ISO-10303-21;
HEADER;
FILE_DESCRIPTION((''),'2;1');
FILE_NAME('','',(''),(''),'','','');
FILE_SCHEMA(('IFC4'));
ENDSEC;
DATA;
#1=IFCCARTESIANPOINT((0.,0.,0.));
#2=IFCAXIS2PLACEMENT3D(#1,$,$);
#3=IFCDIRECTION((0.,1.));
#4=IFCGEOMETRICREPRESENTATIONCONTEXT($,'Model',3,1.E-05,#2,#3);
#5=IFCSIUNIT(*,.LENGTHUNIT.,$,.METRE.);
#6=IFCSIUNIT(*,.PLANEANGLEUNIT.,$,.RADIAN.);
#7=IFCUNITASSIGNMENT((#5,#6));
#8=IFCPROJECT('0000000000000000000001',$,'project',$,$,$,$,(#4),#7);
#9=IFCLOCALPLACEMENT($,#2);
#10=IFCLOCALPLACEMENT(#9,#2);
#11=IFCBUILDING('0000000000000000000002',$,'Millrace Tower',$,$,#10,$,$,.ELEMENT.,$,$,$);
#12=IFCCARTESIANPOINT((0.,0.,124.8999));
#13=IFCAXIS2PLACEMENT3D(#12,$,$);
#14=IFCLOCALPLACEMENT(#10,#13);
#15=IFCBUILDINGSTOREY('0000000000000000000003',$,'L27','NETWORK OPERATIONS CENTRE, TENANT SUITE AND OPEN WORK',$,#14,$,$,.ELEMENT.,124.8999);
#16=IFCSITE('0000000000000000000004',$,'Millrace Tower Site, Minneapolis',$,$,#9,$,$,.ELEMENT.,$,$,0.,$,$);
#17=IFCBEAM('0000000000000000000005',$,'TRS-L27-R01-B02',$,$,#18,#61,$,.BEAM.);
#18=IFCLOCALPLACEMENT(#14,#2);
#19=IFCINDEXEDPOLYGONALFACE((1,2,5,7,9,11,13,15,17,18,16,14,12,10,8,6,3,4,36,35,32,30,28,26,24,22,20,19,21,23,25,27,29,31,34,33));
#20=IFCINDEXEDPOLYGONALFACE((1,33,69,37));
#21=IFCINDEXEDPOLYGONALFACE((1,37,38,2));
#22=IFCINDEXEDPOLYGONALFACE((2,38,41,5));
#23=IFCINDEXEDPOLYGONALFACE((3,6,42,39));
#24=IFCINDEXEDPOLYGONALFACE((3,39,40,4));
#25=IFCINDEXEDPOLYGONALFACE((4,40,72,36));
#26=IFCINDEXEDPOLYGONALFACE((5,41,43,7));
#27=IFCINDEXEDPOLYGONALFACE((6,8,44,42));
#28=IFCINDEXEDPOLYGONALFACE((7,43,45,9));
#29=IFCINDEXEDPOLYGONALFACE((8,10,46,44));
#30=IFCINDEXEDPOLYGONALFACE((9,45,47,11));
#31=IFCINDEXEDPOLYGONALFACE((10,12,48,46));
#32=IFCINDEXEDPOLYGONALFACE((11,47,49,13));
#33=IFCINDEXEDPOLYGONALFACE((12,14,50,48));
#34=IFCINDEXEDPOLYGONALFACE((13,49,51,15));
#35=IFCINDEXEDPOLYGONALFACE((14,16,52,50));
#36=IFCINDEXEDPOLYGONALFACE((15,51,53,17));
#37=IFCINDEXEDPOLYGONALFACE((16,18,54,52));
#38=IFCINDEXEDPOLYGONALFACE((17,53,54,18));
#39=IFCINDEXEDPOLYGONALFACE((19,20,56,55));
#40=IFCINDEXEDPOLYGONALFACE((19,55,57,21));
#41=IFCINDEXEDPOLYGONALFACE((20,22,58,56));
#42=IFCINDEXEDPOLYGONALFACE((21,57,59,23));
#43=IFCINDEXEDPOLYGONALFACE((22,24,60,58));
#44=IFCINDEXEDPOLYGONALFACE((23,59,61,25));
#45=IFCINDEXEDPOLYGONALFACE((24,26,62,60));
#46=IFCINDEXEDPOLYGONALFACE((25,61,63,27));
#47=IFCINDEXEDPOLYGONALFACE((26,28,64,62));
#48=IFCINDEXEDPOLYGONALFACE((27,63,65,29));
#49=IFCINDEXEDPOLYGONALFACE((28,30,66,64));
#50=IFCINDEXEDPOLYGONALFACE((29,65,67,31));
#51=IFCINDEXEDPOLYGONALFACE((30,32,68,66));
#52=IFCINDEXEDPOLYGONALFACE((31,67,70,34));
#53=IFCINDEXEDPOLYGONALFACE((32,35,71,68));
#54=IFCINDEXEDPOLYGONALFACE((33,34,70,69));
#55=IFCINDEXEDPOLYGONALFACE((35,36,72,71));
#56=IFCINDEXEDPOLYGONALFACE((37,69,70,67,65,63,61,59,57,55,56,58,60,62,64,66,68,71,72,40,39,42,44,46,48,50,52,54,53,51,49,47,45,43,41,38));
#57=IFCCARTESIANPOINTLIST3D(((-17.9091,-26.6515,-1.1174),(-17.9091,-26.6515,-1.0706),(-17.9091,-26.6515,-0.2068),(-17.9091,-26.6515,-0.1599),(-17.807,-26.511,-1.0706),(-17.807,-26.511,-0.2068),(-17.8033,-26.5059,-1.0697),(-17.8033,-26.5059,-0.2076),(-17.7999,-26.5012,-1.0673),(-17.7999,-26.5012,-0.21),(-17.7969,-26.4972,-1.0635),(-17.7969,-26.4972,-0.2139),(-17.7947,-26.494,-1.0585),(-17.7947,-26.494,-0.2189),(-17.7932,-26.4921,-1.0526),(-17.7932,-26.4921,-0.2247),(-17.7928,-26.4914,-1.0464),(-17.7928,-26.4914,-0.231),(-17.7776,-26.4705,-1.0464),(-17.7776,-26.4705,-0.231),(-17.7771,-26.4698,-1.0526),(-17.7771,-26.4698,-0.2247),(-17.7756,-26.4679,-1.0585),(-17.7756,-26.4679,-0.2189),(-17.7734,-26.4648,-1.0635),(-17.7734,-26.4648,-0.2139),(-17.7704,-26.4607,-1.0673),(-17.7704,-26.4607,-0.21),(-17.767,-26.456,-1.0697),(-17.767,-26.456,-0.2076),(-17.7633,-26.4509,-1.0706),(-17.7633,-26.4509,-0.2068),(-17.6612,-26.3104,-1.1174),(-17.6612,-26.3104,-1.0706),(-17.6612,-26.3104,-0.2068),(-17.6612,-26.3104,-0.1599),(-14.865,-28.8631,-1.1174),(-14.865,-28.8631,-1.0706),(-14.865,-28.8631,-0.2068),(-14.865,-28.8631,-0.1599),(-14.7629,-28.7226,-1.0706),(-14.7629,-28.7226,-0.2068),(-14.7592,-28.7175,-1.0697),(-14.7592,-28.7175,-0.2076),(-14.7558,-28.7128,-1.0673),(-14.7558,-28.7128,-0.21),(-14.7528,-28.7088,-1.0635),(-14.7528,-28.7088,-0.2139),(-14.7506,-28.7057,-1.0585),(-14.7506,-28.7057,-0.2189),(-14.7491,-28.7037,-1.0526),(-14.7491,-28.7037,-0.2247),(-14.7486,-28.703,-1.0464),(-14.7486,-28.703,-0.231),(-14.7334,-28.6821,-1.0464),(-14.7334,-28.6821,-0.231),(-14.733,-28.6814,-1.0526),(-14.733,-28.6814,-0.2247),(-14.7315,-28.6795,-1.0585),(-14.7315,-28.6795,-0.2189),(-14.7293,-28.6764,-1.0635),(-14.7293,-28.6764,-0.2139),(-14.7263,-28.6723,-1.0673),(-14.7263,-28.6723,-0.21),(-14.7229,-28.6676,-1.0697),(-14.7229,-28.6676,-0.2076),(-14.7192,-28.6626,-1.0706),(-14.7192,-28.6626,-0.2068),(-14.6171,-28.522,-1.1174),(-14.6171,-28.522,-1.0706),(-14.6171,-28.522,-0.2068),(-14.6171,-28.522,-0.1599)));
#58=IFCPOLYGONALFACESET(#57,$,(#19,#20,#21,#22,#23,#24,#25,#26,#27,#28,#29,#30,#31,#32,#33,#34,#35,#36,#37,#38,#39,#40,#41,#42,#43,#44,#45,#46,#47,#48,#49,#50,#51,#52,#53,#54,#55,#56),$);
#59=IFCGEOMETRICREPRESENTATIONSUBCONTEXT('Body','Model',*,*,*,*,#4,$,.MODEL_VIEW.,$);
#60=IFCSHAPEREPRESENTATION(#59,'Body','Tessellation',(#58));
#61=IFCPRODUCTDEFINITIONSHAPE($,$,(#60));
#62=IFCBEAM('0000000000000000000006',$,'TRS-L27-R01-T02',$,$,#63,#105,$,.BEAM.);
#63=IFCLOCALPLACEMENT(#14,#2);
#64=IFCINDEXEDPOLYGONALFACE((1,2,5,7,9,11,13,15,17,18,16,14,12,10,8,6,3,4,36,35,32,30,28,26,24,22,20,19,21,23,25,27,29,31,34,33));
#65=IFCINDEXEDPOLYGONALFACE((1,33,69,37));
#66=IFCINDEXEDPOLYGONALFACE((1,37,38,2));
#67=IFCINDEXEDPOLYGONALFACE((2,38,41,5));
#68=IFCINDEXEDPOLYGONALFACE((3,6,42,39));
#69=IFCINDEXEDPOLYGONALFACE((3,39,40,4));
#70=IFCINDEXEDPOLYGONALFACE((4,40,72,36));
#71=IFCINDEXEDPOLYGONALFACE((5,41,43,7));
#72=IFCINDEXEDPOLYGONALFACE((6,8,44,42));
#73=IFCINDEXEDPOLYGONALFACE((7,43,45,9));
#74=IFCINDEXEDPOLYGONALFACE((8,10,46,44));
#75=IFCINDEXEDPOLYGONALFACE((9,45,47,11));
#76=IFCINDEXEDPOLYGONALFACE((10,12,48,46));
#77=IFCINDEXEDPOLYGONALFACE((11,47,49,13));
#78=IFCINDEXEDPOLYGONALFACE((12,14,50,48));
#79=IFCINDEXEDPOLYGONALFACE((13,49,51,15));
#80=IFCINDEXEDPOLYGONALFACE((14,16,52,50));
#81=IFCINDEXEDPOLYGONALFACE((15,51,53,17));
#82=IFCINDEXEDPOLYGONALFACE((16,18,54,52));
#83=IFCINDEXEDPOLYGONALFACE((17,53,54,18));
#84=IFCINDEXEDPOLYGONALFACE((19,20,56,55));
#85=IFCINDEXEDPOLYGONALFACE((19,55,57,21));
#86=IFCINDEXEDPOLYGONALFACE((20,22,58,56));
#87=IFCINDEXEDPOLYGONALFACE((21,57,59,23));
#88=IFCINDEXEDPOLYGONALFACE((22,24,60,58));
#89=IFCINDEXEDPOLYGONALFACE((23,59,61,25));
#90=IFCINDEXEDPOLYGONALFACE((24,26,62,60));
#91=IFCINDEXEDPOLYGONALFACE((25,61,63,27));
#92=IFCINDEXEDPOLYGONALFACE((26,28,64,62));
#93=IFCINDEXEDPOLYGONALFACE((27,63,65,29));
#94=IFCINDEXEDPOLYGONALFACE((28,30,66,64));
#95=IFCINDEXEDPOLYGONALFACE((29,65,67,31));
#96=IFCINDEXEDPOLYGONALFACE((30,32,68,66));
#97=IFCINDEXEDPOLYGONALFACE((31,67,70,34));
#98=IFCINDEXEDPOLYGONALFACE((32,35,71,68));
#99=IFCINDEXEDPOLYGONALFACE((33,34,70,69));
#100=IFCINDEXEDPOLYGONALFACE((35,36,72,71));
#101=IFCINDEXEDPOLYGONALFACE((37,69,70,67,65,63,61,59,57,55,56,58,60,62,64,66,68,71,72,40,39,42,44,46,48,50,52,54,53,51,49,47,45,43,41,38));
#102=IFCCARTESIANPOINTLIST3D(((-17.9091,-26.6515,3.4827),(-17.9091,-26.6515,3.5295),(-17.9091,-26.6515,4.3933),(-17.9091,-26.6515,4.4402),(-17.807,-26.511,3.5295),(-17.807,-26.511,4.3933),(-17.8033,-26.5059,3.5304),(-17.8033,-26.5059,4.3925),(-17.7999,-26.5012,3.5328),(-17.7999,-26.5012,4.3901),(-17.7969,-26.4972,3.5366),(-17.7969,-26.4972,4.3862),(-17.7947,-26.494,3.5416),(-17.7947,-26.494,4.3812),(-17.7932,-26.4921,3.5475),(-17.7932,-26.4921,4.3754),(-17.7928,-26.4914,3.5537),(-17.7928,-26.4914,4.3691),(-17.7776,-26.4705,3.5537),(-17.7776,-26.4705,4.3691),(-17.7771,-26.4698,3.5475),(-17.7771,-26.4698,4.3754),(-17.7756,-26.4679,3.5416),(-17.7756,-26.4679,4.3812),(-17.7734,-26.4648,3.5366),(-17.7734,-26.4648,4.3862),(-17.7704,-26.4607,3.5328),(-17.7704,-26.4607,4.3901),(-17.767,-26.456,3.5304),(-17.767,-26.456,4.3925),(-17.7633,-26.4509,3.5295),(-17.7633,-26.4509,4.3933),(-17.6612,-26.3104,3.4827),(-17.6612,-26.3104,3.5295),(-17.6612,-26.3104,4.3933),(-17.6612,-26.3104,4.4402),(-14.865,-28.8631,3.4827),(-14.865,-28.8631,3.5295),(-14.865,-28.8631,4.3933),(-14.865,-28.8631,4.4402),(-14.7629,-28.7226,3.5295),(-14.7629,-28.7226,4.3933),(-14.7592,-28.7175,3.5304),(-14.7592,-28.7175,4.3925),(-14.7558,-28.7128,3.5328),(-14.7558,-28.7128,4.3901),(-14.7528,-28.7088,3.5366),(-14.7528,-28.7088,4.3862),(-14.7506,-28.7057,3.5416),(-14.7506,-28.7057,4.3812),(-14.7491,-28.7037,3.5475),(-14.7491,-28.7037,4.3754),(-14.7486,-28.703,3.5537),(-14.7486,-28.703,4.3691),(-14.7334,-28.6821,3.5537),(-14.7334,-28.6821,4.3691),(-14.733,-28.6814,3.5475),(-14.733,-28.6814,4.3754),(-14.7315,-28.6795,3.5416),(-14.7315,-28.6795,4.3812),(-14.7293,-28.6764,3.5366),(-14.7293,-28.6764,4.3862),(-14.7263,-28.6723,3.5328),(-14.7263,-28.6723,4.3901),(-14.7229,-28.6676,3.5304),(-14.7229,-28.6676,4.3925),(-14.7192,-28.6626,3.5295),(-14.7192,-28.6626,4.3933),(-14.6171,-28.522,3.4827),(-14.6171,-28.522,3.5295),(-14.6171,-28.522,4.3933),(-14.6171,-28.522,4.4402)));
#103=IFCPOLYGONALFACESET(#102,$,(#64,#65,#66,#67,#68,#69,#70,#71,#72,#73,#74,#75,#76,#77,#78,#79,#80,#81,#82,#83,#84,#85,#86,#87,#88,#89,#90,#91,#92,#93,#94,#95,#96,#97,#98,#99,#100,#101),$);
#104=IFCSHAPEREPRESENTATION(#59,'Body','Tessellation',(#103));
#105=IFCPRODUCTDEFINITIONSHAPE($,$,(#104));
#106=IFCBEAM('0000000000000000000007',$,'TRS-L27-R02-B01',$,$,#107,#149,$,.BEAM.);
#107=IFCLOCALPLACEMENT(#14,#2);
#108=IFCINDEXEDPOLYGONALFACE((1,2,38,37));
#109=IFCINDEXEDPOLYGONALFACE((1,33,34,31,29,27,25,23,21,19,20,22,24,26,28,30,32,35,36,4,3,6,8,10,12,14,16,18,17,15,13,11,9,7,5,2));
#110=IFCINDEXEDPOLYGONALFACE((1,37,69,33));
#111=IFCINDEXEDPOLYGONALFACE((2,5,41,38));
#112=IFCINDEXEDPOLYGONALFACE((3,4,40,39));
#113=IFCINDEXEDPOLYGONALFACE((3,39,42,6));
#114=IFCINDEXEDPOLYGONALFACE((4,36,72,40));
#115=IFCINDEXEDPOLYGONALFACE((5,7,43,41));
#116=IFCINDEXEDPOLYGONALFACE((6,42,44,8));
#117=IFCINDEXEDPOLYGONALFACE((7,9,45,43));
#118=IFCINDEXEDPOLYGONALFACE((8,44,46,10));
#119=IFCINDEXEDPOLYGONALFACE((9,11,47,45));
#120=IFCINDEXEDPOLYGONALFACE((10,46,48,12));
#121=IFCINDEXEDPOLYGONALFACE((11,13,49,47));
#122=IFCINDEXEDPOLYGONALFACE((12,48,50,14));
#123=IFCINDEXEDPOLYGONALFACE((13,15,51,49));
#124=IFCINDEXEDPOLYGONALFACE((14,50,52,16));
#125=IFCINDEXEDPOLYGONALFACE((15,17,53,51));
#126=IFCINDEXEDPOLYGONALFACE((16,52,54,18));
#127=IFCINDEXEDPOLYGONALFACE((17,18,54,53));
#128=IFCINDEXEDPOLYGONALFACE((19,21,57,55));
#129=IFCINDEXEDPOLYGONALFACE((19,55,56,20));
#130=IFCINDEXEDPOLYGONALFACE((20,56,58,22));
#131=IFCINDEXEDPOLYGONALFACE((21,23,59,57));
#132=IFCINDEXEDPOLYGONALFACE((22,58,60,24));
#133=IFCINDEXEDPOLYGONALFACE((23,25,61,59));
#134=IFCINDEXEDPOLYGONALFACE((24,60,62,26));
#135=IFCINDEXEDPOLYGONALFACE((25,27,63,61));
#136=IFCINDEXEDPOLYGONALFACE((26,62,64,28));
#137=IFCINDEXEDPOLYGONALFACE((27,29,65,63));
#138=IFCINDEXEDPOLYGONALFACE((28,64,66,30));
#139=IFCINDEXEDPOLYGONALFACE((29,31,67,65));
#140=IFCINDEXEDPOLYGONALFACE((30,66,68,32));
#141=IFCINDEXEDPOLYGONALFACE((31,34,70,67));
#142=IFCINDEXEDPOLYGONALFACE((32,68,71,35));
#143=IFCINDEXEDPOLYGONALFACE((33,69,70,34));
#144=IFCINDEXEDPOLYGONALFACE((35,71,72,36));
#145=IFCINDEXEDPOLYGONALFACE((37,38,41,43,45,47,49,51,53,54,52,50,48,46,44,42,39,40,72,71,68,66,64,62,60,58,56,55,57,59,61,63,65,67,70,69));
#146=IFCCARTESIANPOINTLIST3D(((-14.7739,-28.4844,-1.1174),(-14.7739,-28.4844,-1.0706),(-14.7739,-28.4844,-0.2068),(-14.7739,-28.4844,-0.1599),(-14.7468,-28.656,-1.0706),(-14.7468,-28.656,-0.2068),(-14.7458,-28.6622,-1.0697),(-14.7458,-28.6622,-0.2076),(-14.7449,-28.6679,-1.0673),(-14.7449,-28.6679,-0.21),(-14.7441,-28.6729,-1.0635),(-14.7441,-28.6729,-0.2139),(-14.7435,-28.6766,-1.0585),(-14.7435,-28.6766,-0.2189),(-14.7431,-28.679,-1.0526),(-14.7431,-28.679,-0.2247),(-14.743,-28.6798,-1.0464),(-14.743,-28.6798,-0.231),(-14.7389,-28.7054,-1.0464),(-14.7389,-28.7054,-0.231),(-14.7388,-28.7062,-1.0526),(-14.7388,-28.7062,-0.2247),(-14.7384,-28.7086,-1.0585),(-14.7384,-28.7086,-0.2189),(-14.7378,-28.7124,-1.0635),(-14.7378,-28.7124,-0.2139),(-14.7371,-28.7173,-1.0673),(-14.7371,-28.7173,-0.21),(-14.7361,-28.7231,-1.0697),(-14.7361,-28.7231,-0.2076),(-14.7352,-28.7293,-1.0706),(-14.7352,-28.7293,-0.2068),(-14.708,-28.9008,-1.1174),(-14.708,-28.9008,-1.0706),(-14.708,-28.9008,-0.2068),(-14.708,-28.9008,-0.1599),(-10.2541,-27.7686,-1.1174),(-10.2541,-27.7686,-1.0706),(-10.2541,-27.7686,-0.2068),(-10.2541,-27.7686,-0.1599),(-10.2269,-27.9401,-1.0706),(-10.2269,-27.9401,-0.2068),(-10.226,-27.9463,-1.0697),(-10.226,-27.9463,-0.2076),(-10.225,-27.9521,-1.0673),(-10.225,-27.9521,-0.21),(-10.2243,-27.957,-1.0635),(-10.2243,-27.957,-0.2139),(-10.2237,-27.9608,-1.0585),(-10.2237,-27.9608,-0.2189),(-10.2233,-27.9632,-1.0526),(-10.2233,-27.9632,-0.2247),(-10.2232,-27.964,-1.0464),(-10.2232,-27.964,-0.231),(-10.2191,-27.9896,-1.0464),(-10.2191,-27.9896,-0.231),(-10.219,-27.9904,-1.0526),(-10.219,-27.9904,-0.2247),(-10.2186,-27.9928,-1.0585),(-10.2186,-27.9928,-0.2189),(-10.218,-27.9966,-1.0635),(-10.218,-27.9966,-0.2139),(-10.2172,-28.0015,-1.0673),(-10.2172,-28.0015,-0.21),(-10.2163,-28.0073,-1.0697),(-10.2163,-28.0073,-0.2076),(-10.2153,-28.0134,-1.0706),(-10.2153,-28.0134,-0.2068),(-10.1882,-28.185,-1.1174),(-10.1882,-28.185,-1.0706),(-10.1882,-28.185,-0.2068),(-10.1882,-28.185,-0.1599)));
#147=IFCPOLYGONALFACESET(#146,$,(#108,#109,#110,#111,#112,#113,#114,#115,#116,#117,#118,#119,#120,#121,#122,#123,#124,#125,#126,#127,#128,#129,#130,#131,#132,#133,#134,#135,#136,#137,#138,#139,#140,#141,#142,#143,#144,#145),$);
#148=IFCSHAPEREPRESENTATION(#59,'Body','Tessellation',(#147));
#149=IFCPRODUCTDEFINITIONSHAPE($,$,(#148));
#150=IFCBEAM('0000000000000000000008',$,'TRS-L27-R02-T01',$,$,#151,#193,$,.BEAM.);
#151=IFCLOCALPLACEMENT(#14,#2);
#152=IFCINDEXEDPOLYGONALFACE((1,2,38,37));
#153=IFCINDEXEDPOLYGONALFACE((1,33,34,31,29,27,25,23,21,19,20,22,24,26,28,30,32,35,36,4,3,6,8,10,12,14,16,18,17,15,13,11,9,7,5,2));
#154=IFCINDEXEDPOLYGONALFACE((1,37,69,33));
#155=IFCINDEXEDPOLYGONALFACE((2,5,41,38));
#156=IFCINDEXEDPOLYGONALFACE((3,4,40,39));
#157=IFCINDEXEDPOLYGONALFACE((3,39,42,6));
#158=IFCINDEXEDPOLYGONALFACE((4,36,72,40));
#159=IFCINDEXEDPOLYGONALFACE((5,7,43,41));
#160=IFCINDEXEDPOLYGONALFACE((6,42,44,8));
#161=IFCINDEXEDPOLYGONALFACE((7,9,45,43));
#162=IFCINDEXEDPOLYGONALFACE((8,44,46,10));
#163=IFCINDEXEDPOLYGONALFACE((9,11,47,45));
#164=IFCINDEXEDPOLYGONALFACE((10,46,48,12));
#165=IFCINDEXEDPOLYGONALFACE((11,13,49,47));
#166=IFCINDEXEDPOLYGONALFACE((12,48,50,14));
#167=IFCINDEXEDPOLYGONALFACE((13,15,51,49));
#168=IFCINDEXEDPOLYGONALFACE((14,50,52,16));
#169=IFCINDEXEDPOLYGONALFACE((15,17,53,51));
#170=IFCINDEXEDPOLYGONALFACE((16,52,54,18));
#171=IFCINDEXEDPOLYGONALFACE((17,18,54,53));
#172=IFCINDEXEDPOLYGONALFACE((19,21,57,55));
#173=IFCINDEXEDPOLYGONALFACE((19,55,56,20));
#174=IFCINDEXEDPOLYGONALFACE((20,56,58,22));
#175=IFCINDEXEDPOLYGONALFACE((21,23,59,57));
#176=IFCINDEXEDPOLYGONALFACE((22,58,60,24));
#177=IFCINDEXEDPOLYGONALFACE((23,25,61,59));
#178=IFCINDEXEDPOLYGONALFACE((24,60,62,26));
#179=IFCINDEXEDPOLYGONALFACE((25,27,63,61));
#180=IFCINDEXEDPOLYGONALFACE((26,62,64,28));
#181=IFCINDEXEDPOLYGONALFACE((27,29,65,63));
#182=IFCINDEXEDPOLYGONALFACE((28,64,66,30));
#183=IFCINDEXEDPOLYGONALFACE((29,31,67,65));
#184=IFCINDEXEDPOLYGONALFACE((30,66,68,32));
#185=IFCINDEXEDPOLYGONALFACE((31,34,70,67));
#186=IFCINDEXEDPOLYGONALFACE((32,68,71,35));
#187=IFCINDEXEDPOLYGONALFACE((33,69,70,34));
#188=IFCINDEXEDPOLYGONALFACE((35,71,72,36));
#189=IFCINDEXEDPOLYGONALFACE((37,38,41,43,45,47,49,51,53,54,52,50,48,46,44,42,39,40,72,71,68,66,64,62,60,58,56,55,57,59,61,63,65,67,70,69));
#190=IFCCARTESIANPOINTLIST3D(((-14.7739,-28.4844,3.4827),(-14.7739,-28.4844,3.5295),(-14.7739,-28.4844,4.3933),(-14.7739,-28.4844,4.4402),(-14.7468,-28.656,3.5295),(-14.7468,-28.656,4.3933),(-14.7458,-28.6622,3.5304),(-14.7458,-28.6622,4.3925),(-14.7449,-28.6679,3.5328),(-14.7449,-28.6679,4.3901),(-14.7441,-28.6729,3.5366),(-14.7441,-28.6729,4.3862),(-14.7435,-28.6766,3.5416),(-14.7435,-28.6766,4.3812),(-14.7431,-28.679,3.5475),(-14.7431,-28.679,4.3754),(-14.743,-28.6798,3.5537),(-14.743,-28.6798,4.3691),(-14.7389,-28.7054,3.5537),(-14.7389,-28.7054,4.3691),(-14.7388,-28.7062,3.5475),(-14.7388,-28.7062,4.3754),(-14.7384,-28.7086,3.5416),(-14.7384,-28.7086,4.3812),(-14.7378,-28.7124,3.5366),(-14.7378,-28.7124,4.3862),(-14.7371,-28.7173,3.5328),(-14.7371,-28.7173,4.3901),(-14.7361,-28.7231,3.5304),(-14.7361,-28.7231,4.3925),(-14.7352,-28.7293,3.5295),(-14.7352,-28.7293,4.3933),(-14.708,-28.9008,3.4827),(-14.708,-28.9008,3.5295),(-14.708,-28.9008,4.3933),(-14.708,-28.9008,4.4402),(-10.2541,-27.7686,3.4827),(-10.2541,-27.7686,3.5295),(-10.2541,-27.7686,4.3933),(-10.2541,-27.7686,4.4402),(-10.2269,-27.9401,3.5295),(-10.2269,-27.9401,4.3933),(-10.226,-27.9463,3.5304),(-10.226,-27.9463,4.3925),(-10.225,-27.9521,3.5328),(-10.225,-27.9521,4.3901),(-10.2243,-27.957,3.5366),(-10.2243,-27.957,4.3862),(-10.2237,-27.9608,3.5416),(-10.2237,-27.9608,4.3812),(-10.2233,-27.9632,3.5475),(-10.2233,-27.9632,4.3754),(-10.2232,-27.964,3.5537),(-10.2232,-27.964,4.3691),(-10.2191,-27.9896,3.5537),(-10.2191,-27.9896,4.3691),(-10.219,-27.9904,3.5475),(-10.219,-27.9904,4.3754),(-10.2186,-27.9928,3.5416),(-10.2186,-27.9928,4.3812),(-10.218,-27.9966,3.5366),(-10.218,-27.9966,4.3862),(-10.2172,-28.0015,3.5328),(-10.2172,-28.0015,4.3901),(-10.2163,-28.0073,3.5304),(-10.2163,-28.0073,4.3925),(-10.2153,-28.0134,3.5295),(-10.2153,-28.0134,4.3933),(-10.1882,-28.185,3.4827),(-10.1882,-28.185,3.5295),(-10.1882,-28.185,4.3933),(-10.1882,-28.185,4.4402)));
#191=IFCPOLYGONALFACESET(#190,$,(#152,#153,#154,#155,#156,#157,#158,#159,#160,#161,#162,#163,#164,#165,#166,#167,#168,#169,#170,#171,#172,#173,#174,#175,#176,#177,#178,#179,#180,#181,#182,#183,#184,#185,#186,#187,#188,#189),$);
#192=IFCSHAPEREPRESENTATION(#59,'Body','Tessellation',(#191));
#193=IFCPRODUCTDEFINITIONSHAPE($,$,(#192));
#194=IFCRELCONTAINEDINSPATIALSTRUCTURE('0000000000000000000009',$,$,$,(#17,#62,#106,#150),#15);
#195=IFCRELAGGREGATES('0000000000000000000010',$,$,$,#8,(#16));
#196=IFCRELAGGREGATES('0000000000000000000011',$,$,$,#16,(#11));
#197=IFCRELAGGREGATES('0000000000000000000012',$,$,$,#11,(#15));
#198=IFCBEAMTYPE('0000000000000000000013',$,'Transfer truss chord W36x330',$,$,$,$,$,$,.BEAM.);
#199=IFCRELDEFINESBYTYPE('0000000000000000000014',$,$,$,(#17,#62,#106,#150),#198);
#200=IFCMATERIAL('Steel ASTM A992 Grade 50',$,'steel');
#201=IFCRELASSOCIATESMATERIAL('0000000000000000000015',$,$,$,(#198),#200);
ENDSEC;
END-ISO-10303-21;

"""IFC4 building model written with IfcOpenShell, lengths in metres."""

from ifc_helpers import new_model, si_unit, direction, frame, origin, origin_2d, place, context, subcontext, project, spatial, i_section, extrude, material, material_profile, profile_set, type_object, element, save


model = new_model("IFC4")

# Units and contexts
model_context = context("Model", 3, precision=1e-05, world=origin(), true_north=direction((0.0, 1.0)))
body_context = subcontext(model_context, "Body", "Model", "MODEL_VIEW")
ifc_project = project(units=[si_unit("LENGTHUNIT", "METRE"), si_unit("PLANEANGLEUNIT", "RADIAN")], contexts=[model_context])

# Site, building, storey
site_placement = place(None, origin())
site = spatial("IfcSite", under=ifc_project, at=site_placement, Name="Millrace Tower Site, Minneapolis", CompositionType="ELEMENT", RefElevation=0.0)
building_placement = place(site_placement, origin())
building = spatial("IfcBuilding", under=site, at=building_placement, Name="Millrace Tower", CompositionType="ELEMENT")
storey_placement = place(building_placement, frame((0.0, 0.0, 124.8999)))
storey = spatial("IfcBuildingStorey", under=building, at=storey_placement, Name="L27", Description="NETWORK OPERATIONS CENTRE, TENANT SUITE AND OPEN WORK", CompositionType="ELEMENT", Elevation=124.8999)

# Beams
ifc_material_1 = material(Name="Steel ASTM A992 Grade 50", Category="steel")
ifc_material_profile_1 = material_profile(ifc_material_1, i_section(OverallWidth=0.4216, OverallDepth=0.9575, WebThickness=0.0259, FlangeThickness=0.0469, FilletRadius=0.0242, at=origin_2d()))
ifc_profile_set_1 = profile_set([ifc_material_profile_1], Name="Steel ASTM A992 Grade 50")
beam_type_1 = type_object("IfcBeamType", Name="Transfer truss chord W36x330", PredefinedType="BEAM", material=ifc_profile_set_1)
for number, where, z_axis, x_axis, name in (
    (1, (-17.7852, -26.481, -0.6387), (0.809025, -0.587774, 0.0), (0.587774, 0.809025, 0.0), "TRS-L27-R01-B02"),
    (2, (-17.7852, -26.481, 3.9614), (0.809025, -0.587774, 0.0), (0.587774, 0.809025, 0.0), "TRS-L27-R01-T02"),
):
    element("IfcBeam", number, at=place(storey_placement, frame(where, z_axis=z_axis, x_axis=x_axis)), inside=storey, type_object=beam_type_1, Name=name, PredefinedType="BEAM", context=body_context, shape_type="SweptSolid", body=[
        extrude(i_section(OverallWidth=0.4216, OverallDepth=0.9575, WebThickness=0.0259, FlangeThickness=0.0469, FilletRadius=0.0242, at=origin_2d()), origin(), (0.0, 0.0, 1.0), 3.7627),
    ])
for number, where, z_axis, x_axis, name in (
    (3, (-14.741, -28.6926, -0.6387), (0.98769, 0.156426, 0.0), (-0.156426, 0.98769, 0.0), "TRS-L27-R02-B01"),
    (4, (-14.741, -28.6926, 3.9614), (0.98769, 0.156426, 0.0), (-0.156426, 0.98769, 0.0), "TRS-L27-R02-T01"),
):
    element("IfcBeam", number, at=place(storey_placement, frame(where, z_axis=z_axis, x_axis=x_axis)), inside=storey, type_object=beam_type_1, Name=name, PredefinedType="BEAM", context=body_context, shape_type="SweptSolid", body=[
        extrude(i_section(OverallWidth=0.4216, OverallDepth=0.9575, WebThickness=0.0259, FlangeThickness=0.0469, FilletRadius=0.0242, at=origin_2d()), origin(), (0.0, 0.0, 1.0), 4.5762),
    ])

save(model, "model.ifc")
